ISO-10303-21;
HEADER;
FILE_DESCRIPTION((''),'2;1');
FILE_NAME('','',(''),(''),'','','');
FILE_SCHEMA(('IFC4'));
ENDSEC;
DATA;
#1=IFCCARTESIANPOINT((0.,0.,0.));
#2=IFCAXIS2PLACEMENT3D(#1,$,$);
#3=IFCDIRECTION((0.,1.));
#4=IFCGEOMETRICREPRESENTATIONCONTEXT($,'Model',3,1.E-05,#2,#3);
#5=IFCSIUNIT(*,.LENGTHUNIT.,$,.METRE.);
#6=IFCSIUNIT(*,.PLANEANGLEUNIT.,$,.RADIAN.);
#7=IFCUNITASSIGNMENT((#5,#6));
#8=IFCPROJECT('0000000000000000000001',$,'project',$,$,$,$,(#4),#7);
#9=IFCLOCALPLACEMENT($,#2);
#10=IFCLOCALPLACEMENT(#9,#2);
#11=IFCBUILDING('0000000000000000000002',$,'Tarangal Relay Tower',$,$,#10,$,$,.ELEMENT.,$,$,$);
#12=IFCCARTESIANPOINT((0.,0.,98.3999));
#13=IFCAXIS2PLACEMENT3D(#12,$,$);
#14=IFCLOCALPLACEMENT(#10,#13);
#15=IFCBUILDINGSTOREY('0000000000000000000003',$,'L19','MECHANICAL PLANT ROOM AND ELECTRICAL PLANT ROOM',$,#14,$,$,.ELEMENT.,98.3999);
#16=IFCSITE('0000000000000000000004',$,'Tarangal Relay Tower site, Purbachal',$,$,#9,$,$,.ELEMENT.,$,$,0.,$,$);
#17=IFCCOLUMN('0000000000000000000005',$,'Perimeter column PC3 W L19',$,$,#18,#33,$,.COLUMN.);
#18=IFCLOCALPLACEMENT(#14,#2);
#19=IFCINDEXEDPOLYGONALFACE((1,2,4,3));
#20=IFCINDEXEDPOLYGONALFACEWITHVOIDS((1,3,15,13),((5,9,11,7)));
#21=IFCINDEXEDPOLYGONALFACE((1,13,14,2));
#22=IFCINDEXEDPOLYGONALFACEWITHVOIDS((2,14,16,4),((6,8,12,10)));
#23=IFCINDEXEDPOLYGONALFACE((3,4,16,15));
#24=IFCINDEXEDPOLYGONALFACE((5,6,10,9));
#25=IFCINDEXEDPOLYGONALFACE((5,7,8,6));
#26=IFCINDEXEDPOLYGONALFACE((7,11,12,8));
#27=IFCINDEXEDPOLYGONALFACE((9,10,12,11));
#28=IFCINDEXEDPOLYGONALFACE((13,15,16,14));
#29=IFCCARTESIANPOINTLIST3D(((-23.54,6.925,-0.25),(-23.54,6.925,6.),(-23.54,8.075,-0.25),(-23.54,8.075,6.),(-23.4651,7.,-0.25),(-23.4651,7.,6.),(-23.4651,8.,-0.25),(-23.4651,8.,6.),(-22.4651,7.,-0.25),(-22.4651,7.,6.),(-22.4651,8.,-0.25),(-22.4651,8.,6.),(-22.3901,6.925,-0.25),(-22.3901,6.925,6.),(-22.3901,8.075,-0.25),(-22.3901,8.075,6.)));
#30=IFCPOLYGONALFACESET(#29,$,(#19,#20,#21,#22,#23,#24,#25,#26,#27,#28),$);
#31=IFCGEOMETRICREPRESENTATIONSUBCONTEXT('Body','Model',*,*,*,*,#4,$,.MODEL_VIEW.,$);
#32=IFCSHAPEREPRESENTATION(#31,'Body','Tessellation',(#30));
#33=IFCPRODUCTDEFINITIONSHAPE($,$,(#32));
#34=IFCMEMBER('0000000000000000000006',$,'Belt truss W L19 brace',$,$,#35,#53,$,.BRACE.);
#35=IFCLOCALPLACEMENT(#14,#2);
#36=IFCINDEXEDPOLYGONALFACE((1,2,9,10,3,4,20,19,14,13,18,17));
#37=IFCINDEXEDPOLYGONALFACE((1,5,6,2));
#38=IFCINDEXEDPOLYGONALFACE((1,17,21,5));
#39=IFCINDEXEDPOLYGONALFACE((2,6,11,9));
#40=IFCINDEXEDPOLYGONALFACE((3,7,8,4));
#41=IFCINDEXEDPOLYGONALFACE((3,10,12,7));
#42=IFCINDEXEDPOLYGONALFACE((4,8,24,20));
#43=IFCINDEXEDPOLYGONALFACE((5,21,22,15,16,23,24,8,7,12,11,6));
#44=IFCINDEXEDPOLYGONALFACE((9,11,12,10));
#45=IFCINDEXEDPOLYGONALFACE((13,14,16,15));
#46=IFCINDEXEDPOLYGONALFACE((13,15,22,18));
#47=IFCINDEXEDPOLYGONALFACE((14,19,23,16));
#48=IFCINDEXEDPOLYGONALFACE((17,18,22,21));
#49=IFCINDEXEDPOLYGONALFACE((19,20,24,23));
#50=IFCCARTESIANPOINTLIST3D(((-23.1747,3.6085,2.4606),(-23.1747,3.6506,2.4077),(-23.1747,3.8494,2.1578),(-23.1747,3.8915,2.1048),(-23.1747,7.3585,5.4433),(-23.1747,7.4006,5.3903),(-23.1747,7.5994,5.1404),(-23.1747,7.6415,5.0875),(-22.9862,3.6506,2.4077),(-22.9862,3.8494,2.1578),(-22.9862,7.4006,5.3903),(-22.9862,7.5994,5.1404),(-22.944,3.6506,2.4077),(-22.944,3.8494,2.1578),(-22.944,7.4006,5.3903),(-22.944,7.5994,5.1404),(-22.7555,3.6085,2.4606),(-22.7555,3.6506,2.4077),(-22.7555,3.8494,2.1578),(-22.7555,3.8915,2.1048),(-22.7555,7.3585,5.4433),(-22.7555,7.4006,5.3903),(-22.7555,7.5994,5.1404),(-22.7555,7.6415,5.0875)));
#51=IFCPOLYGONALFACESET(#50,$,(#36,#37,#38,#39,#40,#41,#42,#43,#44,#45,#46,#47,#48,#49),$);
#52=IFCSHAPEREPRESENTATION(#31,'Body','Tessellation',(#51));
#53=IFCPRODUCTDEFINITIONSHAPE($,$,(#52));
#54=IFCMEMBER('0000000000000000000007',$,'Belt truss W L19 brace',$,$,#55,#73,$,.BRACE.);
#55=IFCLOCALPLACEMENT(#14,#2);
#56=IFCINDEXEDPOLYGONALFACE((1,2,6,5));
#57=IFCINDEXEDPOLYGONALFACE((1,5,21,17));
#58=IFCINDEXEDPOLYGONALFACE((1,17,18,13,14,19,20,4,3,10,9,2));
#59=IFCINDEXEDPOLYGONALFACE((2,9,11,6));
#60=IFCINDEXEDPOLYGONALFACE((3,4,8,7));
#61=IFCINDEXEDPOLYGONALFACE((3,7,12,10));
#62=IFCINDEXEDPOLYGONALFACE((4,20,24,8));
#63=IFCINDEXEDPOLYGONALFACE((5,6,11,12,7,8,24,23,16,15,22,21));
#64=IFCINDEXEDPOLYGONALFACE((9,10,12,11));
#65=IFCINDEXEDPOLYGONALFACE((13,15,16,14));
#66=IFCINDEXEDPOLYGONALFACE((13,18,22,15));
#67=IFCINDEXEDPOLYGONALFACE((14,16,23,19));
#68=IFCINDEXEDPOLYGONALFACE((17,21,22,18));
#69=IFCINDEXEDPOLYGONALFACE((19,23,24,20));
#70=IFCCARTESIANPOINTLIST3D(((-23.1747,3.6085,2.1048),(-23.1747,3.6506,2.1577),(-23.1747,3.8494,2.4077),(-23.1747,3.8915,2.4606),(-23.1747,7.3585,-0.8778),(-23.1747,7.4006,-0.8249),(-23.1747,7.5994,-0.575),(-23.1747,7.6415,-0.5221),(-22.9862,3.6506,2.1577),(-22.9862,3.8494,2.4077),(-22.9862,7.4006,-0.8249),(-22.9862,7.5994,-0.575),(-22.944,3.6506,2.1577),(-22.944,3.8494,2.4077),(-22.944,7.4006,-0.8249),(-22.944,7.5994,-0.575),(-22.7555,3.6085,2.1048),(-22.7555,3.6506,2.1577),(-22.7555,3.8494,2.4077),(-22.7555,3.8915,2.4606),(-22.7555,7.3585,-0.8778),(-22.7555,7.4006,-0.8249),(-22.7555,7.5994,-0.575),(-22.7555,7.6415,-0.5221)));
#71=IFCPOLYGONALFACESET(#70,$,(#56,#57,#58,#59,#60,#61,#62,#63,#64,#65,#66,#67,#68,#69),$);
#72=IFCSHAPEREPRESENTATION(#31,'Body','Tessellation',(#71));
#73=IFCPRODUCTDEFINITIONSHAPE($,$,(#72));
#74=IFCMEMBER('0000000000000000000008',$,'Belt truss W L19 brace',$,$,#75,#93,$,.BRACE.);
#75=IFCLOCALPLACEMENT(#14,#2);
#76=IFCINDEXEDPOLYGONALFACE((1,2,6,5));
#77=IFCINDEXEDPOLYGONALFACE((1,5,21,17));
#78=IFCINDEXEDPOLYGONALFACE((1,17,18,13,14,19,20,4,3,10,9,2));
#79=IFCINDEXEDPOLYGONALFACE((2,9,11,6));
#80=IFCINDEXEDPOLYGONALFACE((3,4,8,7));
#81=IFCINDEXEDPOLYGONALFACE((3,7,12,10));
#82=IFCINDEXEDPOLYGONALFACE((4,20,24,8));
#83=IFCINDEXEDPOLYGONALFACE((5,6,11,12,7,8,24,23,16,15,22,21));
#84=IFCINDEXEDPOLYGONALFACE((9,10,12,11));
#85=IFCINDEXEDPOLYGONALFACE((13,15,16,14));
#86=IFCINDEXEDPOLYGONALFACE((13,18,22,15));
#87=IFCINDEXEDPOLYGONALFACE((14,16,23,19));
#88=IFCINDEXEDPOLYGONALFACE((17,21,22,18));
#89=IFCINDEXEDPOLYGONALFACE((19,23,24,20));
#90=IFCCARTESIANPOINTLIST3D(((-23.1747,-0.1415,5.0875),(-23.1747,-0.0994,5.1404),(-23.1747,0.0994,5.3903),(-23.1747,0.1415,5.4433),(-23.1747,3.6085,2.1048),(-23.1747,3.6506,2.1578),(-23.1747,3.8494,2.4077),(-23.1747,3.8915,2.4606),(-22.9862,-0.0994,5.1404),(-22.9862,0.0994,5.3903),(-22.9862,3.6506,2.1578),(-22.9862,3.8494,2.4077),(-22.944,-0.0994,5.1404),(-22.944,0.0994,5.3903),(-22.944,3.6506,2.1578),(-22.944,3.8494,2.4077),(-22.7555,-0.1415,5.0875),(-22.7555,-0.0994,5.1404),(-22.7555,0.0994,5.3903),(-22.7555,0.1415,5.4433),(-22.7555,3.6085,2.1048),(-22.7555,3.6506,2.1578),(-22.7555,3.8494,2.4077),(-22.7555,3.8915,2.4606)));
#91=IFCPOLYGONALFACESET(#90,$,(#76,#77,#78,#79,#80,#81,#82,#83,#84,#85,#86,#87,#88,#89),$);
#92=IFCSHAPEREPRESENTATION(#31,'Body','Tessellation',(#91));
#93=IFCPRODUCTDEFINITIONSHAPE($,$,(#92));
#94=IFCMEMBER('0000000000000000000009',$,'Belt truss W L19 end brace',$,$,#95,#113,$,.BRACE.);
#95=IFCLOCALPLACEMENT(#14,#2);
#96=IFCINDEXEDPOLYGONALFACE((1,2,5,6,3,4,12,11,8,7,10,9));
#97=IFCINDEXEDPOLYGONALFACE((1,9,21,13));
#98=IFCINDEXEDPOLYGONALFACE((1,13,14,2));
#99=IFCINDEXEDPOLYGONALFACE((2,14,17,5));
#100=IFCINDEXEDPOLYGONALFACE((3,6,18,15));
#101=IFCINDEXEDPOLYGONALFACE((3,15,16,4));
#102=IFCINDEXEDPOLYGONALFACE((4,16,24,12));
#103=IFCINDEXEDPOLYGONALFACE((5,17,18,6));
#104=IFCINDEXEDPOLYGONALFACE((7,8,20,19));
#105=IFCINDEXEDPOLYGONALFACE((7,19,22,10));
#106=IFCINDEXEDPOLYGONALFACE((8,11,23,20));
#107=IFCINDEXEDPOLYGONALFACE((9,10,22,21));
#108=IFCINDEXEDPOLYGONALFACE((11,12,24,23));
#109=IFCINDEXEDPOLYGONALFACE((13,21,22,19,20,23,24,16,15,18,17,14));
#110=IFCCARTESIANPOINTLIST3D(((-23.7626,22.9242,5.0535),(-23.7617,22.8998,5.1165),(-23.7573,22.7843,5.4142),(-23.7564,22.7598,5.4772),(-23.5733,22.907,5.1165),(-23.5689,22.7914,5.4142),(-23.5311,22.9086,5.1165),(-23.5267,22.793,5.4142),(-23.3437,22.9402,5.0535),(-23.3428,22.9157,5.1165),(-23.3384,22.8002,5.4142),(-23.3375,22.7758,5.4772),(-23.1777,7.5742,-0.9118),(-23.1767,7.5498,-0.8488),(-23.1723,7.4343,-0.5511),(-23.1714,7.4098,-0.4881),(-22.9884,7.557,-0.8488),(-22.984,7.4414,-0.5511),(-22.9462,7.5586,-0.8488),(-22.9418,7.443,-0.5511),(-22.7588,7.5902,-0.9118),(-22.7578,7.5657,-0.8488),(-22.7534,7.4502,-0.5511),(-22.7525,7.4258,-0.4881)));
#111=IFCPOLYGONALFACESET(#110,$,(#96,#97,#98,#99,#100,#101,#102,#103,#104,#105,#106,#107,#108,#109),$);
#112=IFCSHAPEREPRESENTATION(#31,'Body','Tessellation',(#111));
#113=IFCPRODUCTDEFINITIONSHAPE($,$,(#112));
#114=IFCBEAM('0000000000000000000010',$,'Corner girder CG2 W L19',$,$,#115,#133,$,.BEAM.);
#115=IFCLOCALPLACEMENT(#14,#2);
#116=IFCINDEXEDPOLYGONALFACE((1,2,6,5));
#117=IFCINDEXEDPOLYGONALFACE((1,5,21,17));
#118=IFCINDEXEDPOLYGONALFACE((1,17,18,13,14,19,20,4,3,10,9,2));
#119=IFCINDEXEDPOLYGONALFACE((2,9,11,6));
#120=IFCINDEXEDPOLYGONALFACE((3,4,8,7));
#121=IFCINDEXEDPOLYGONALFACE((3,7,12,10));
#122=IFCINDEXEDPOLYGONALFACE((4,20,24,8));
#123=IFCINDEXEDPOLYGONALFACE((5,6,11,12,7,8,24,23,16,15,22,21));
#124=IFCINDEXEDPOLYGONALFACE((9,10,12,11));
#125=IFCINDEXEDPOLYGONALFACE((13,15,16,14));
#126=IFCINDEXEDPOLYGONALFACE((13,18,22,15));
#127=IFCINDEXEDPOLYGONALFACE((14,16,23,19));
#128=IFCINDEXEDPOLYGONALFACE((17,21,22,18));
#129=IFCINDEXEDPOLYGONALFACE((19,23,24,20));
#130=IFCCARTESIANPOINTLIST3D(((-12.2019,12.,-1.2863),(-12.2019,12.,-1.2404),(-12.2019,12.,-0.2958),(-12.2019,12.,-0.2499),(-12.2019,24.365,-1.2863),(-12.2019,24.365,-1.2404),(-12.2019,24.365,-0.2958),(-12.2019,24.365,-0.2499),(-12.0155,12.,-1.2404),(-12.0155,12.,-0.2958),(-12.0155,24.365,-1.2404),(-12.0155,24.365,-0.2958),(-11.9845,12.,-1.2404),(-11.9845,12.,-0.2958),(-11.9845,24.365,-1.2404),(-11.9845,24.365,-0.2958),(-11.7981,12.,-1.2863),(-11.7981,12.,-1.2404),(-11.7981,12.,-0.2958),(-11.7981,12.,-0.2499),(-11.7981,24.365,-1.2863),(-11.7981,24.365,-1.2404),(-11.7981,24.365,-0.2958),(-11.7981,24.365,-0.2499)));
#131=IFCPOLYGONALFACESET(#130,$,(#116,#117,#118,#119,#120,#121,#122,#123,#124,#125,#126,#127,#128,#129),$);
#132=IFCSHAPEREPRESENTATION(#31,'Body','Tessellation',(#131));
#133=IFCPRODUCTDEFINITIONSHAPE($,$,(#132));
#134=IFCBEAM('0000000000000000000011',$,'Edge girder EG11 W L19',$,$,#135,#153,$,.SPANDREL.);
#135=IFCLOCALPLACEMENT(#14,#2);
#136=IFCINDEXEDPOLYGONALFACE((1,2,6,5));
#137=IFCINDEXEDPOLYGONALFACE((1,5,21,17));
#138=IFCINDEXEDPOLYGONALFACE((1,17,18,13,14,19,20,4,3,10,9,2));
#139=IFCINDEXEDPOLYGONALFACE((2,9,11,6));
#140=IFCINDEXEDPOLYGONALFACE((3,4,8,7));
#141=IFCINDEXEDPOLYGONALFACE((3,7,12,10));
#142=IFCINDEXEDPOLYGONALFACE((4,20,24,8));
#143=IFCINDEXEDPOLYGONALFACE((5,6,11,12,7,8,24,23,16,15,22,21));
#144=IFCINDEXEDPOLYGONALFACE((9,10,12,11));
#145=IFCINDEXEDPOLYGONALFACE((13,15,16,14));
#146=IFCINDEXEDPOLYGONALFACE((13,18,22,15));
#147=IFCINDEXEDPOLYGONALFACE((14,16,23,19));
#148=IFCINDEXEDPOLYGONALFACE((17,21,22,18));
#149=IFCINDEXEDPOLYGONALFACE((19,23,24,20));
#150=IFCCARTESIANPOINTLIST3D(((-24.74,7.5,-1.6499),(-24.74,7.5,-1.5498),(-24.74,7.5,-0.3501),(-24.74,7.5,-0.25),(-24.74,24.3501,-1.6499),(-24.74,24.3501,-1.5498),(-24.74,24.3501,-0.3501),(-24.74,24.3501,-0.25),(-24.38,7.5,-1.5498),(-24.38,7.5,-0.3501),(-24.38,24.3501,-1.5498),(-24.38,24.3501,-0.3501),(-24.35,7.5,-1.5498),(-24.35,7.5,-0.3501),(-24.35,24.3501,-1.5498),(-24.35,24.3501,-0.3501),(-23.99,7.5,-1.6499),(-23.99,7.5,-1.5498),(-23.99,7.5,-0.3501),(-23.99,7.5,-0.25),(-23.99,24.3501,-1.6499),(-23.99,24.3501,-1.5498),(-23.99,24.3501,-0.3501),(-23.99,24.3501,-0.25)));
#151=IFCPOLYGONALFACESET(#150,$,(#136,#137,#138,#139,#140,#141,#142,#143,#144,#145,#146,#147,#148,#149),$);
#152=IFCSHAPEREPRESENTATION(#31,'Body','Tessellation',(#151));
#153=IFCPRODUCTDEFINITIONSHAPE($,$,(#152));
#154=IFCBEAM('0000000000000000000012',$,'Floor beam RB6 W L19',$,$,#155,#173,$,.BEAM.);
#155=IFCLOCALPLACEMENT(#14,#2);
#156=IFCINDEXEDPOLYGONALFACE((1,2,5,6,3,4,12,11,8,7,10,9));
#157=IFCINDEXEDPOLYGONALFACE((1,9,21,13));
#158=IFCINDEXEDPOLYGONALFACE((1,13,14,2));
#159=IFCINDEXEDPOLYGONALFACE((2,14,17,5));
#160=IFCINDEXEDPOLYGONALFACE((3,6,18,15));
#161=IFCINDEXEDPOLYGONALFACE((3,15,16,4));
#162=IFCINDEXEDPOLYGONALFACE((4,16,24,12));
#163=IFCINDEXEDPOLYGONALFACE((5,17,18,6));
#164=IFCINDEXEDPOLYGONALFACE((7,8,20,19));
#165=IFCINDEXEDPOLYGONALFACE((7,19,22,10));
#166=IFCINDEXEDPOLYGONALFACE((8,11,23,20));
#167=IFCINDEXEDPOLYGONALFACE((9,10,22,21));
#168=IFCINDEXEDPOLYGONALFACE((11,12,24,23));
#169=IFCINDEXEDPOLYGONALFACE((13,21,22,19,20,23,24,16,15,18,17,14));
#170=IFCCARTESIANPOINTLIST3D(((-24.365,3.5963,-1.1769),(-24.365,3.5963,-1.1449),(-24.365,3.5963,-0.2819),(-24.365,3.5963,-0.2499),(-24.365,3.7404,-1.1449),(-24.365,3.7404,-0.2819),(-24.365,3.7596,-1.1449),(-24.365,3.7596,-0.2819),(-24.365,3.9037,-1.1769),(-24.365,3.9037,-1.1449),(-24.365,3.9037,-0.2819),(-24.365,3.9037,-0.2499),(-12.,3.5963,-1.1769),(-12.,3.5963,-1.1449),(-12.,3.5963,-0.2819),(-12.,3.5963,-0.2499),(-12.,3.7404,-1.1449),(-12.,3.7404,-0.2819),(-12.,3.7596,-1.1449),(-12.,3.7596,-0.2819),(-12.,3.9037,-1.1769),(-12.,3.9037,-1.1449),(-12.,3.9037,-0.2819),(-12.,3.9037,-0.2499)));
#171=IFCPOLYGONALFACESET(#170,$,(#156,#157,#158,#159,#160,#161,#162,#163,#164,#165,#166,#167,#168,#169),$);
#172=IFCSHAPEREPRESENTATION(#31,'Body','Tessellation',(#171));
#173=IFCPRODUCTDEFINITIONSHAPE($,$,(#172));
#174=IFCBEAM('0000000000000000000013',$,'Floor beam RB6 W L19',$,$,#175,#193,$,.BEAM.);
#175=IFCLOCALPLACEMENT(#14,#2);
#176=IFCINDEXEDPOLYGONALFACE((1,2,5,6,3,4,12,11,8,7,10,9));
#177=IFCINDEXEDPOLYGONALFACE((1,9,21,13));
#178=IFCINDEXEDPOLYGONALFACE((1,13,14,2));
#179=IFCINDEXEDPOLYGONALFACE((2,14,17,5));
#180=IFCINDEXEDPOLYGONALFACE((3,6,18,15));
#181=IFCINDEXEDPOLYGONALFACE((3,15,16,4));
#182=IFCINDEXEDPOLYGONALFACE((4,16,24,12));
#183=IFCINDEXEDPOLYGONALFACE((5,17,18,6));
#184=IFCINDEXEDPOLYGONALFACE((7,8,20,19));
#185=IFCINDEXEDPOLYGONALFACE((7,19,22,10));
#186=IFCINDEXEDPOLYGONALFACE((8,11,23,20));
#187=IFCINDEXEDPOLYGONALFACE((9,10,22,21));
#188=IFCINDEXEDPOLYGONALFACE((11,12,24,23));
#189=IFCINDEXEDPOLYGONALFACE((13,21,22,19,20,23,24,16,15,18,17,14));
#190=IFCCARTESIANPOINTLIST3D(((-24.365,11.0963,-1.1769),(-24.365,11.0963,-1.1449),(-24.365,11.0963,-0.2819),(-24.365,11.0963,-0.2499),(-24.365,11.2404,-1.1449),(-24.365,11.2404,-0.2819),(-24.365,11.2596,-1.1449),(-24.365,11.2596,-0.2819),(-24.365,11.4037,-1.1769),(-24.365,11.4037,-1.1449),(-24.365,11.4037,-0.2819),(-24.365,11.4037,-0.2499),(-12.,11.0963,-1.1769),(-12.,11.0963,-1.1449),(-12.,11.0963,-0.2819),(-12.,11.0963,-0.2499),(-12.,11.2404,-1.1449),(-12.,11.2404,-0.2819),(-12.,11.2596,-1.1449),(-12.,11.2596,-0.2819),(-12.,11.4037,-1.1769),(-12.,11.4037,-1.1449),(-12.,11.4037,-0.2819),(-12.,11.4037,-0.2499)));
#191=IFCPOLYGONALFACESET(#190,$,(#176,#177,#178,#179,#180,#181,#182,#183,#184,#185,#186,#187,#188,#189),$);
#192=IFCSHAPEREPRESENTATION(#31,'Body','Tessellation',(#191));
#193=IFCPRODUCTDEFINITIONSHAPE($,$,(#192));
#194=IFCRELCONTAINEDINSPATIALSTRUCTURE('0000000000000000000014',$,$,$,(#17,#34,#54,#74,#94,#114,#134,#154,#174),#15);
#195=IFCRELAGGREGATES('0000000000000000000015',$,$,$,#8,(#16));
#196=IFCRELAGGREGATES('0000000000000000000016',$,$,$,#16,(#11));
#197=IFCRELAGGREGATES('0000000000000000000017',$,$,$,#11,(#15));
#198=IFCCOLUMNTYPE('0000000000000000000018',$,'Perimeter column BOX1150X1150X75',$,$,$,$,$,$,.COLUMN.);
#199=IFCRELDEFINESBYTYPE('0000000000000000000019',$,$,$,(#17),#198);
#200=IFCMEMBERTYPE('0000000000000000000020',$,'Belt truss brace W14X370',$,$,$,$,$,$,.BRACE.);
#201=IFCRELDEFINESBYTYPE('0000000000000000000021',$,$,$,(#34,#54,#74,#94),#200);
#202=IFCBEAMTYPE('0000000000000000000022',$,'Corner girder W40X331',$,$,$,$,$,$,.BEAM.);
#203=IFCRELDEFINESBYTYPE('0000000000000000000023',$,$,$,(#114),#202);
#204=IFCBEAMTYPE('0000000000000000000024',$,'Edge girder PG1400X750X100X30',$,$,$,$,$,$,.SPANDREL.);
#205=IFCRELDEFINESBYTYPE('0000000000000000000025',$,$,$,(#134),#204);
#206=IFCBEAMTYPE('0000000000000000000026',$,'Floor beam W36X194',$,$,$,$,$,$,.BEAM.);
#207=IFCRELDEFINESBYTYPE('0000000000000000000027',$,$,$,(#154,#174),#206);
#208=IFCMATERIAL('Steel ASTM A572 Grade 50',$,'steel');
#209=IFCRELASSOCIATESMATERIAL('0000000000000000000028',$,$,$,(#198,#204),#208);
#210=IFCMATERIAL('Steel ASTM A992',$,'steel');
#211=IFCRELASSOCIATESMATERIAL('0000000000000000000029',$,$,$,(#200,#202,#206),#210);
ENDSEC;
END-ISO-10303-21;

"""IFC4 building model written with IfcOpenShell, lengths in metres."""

from ifc_helpers import new_model, si_unit, direction, frame, origin, origin_2d, place, context, subcontext, project, spatial, hollow_rectangle, i_section, extrude, material, material_profile, profile_set, type_object, element, save


model = new_model("IFC4")

# Units and contexts
model_context = context("Model", 3, precision=1e-05, world=origin(), true_north=direction((0.0, 1.0)))
body_context = subcontext(model_context, "Body", "Model", "MODEL_VIEW")
ifc_project = project(units=[si_unit("LENGTHUNIT", "METRE"), si_unit("PLANEANGLEUNIT", "RADIAN")], contexts=[model_context])

# Site, building, storey
site_placement = place(None, origin())
site = spatial("IfcSite", under=ifc_project, at=site_placement, Name="Tarangal Relay Tower site, Purbachal", CompositionType="ELEMENT", RefElevation=0.0)
building_placement = place(site_placement, origin())
building = spatial("IfcBuilding", under=site, at=building_placement, Name="Tarangal Relay Tower", CompositionType="ELEMENT")
storey_placement = place(building_placement, frame((0.0, 0.0, 98.3999)))
storey = spatial("IfcBuildingStorey", under=building, at=storey_placement, Name="L19", Description="MECHANICAL PLANT ROOM AND ELECTRICAL PLANT ROOM", CompositionType="ELEMENT", Elevation=98.3999)

# Column
ifc_material_1 = material(Name="Steel ASTM A572 Grade 50", Category="steel")
ifc_material_profile_1 = material_profile(ifc_material_1, hollow_rectangle(XDim=1.1499, YDim=1.1499, WallThickness=0.075, at=origin_2d()), Name="BOX1150X1150X75")
ifc_profile_set_1 = profile_set([ifc_material_profile_1], Name="Steel ASTM A572 Grade 50")
column_type = type_object("IfcColumnType", Name="Perimeter column BOX1150X1150X75", PredefinedType="COLUMN", material=ifc_profile_set_1)
column_placement = place(storey_placement, frame((-22.9651, 7.5, -0.25), z_axis=(0.0, 0.0, 1.0), x_axis=(1.0, 0.0, 0.0)))
element("IfcColumn", 1, at=column_placement, inside=storey, type_object=column_type, Name="Perimeter column PC3 W L19", PredefinedType="COLUMN", context=body_context, shape_type="SweptSolid", body=[
    extrude(hollow_rectangle(XDim=1.1499, YDim=1.1499, WallThickness=0.075, at=origin_2d()), origin(), (0.0, 0.0, 1.0), 6.25),
])

# Members
ifc_material_2 = material(Name="Steel ASTM A992", Category="steel")
ifc_material_profile_2 = material_profile(ifc_material_2, i_section(OverallWidth=0.4192, OverallDepth=0.4546, WebThickness=0.0422, FlangeThickness=0.0676, at=origin_2d()), Name="W14X370")
ifc_profile_set_2 = profile_set([ifc_material_profile_2], Name="Steel ASTM A992")
member_type_1 = type_object("IfcMemberType", Name="Belt truss brace W14X370", PredefinedType="BRACE", material=ifc_profile_set_2)
for number, where, z_axis, x_axis, name in (
    (2, (-22.9651, 3.75, 2.2827), (0.0, 0.78263, 0.622487), (-1.0, 0.0, 0.0), "Belt truss W L19 brace"),
    (3, (-22.9651, 7.5, -0.7), (0.0, -0.78263, 0.622487), (1.0, 0.0, 0.0), "Belt truss W L19 brace"),
    (4, (-22.9651, 3.75, 2.2827), (0.0, -0.78263, 0.622487), (1.0, 0.0, 0.0), "Belt truss W L19 brace"),
):
    element("IfcMember", number, at=place(storey_placement, frame(where, z_axis=z_axis, x_axis=x_axis)), inside=storey, type_object=member_type_1, Name=name, PredefinedType="BRACE", context=body_context, shape_type="SweptSolid", body=[
        extrude(i_section(OverallWidth=0.4192, OverallDepth=0.4546, WebThickness=0.0422, FlangeThickness=0.0676, at=origin_2d()), origin(), (0.0, 0.0, 1.0), 4.7915),
    ])
member_1_placement = place(storey_placement, frame((-22.9651, 7.5, -0.7), z_axis=(-0.035498, 0.931502, 0.361999), x_axis=(-0.999275, -0.03808, 0.0)))
element("IfcMember", 5, at=member_1_placement, inside=storey, type_object=member_type_1, Name="Belt truss W L19 end brace", PredefinedType="BRACE", context=body_context, shape_type="SweptSolid", body=[
    extrude(i_section(OverallWidth=0.4192, OverallDepth=0.4546, WebThickness=0.0422, FlangeThickness=0.0676, at=origin_2d()), origin(), (0.0, 0.0, 1.0), 16.4788),
])

# Beams
ifc_material_profile_3 = material_profile(ifc_material_2, i_section(OverallWidth=0.4038, OverallDepth=1.0364, WebThickness=0.031, FlangeThickness=0.0459, at=origin_2d()), Name="W40X331")
ifc_profile_set_3 = profile_set([ifc_material_profile_3], Name="Steel ASTM A992")
beam_type_1 = type_object("IfcBeamType", Name="Corner girder W40X331", PredefinedType="BEAM", material=ifc_profile_set_3)
beam_1_placement = place(storey_placement, frame((-12.0, 12.0, -0.7681), z_axis=(0.0, 1.0, 0.0), x_axis=(-1.0, 0.0, 0.0)))
element("IfcBeam", 6, at=beam_1_placement, inside=storey, type_object=beam_type_1, Name="Corner girder CG2 W L19", PredefinedType="BEAM", context=body_context, shape_type="SweptSolid", body=[
    extrude(i_section(OverallWidth=0.4038, OverallDepth=1.0364, WebThickness=0.031, FlangeThickness=0.0459, at=origin_2d()), origin(), (0.0, 0.0, 1.0), 12.365),
])
ifc_material_profile_4 = material_profile(ifc_material_1, i_section(OverallWidth=0.75, OverallDepth=1.3999, WebThickness=0.03, FlangeThickness=0.1001, at=origin_2d()), Name="PG1400X750X100X30")
ifc_profile_set_4 = profile_set([ifc_material_profile_4], Name="Steel ASTM A572 Grade 50")
beam_type_2 = type_object("IfcBeamType", Name="Edge girder PG1400X750X100X30", PredefinedType="SPANDREL", material=ifc_profile_set_4)
beam_2_placement = place(storey_placement, frame((-24.365, 7.5, -0.95), z_axis=(0.0, 1.0, 0.0), x_axis=(-1.0, 0.0, 0.0)))
element("IfcBeam", 7, at=beam_2_placement, inside=storey, type_object=beam_type_2, Name="Edge girder EG11 W L19", PredefinedType="SPANDREL", context=body_context, shape_type="SweptSolid", body=[
    extrude(i_section(OverallWidth=0.75, OverallDepth=1.3999, WebThickness=0.03, FlangeThickness=0.1001, at=origin_2d()), origin(), (0.0, 0.0, 1.0), 16.8501),
])
ifc_material_profile_5 = material_profile(ifc_material_2, i_section(OverallWidth=0.3074, OverallDepth=0.927, WebThickness=0.0193, FlangeThickness=0.032, at=origin_2d()), Name="W36X194")
ifc_profile_set_5 = profile_set([ifc_material_profile_5], Name="Steel ASTM A992")
beam_type_3 = type_object("IfcBeamType", Name="Floor beam W36X194", PredefinedType="BEAM", material=ifc_profile_set_5)
for number, where, z_axis, x_axis, name in (
    (8, (-12.0, 3.75, -0.7134), (-1.0, 0.0, 0.0), (0.0, -1.0, 0.0), "Floor beam RB6 W L19"),
    (9, (-12.0, 11.25, -0.7134), (-1.0, 0.0, 0.0), (0.0, -1.0, 0.0), "Floor beam RB6 W L19"),
):
    element("IfcBeam", number, at=place(storey_placement, frame(where, z_axis=z_axis, x_axis=x_axis)), inside=storey, type_object=beam_type_3, Name=name, PredefinedType="BEAM", context=body_context, shape_type="SweptSolid", body=[
        extrude(i_section(OverallWidth=0.3074, OverallDepth=0.927, WebThickness=0.0193, FlangeThickness=0.032, at=origin_2d()), origin(), (0.0, 0.0, 1.0), 12.365),
    ])

save(model, "model.ifc")
